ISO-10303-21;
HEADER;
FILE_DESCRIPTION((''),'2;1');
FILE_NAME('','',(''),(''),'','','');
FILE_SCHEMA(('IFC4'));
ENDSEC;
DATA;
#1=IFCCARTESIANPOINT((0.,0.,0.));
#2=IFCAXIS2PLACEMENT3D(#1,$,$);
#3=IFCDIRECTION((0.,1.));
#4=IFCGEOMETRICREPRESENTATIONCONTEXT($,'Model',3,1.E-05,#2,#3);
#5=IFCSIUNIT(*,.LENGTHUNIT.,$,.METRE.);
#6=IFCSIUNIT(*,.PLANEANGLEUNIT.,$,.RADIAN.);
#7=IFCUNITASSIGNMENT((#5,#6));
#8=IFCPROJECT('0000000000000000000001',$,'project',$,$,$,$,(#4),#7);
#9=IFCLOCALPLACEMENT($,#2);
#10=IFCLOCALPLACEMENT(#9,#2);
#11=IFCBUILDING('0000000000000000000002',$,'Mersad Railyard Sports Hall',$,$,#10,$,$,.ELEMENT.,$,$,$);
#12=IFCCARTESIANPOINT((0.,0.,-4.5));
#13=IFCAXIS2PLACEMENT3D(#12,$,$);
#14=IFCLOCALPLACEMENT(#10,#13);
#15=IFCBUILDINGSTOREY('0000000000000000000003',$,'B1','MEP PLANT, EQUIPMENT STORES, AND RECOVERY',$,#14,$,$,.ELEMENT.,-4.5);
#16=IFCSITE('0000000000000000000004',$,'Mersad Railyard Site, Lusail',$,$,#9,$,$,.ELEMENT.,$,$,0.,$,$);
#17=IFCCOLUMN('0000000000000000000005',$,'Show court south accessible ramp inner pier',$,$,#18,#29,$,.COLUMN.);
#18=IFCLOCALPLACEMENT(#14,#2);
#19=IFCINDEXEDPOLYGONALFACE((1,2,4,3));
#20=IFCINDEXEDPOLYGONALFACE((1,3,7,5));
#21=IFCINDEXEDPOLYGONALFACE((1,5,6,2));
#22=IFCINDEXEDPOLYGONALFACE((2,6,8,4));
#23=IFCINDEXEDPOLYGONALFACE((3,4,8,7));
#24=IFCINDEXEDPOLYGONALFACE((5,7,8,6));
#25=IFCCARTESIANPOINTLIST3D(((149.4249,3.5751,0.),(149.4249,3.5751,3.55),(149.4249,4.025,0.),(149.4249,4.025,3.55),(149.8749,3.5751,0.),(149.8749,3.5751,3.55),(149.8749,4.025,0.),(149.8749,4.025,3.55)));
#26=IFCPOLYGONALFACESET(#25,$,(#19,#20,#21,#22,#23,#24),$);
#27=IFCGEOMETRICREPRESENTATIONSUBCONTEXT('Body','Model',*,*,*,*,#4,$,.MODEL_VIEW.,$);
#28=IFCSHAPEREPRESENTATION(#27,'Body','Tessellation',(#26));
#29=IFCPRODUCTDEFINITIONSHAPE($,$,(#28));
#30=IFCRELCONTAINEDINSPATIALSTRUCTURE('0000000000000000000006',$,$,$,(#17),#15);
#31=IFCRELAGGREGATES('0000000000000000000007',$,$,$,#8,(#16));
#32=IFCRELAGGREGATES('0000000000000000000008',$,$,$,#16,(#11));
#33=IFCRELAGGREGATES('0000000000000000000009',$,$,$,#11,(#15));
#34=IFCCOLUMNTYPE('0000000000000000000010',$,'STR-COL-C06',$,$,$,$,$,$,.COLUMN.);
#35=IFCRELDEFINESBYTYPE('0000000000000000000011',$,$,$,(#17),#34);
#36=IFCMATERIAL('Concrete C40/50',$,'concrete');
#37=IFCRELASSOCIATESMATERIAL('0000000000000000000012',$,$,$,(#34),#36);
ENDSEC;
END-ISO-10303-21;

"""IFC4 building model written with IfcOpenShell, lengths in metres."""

from ifc_helpers import new_model, si_unit, direction, frame, origin, origin_2d, place, context, subcontext, project, spatial, rectangle, extrude, material, material_profile, profile_set, type_object, element, save


model = new_model("IFC4")

# Units and contexts
model_context = context("Model", 3, precision=1e-05, world=origin(), true_north=direction((0.0, 1.0)))
body_context = subcontext(model_context, "Body", "Model", "MODEL_VIEW")
ifc_project = project(units=[si_unit("LENGTHUNIT", "METRE"), si_unit("PLANEANGLEUNIT", "RADIAN")], contexts=[model_context])

# Site, building, storey
site_placement = place(None, origin())
site = spatial("IfcSite", under=ifc_project, at=site_placement, Name="Mersad Railyard Site, Lusail", CompositionType="ELEMENT", RefElevation=0.0)
building_placement = place(site_placement, origin())
building = spatial("IfcBuilding", under=site, at=building_placement, Name="Mersad Railyard Sports Hall", CompositionType="ELEMENT")
storey_placement = place(building_placement, frame((0.0, 0.0, -4.5)))
storey = spatial("IfcBuildingStorey", under=building, at=storey_placement, Name="B1", Description="MEP PLANT, EQUIPMENT STORES, AND RECOVERY", CompositionType="ELEMENT", Elevation=-4.5)

# Shared definitions
ifc_material_1 = material(Name="Concrete C40/50", Category="concrete")

# Column
ifc_material_profile_1 = material_profile(ifc_material_1, rectangle(XDim=0.45, YDim=0.45, at=origin_2d()), Name="RC 450x450")
ifc_profile_set_1 = profile_set([ifc_material_profile_1], Name="Concrete C40/50")
column_type_1 = type_object("IfcColumnType", Name="STR-COL-C06", PredefinedType="COLUMN", material=ifc_profile_set_1)
column_1_placement = place(storey_placement, frame((149.6499, 3.8, 0.0), z_axis=(0.0, 0.0, 1.0), x_axis=(1.0, 0.0, 0.0)))
element("IfcColumn", 1, at=column_1_placement, inside=storey, type_object=column_type_1, Name="Show court south accessible ramp inner pier", PredefinedType="COLUMN", context=body_context, shape_type="SweptSolid", body=[
    extrude(rectangle(XDim=0.45, YDim=0.45, at=origin_2d()), origin(), (0.0, 0.0, 1.0), 3.55),
])

save(model, "model.ifc")
